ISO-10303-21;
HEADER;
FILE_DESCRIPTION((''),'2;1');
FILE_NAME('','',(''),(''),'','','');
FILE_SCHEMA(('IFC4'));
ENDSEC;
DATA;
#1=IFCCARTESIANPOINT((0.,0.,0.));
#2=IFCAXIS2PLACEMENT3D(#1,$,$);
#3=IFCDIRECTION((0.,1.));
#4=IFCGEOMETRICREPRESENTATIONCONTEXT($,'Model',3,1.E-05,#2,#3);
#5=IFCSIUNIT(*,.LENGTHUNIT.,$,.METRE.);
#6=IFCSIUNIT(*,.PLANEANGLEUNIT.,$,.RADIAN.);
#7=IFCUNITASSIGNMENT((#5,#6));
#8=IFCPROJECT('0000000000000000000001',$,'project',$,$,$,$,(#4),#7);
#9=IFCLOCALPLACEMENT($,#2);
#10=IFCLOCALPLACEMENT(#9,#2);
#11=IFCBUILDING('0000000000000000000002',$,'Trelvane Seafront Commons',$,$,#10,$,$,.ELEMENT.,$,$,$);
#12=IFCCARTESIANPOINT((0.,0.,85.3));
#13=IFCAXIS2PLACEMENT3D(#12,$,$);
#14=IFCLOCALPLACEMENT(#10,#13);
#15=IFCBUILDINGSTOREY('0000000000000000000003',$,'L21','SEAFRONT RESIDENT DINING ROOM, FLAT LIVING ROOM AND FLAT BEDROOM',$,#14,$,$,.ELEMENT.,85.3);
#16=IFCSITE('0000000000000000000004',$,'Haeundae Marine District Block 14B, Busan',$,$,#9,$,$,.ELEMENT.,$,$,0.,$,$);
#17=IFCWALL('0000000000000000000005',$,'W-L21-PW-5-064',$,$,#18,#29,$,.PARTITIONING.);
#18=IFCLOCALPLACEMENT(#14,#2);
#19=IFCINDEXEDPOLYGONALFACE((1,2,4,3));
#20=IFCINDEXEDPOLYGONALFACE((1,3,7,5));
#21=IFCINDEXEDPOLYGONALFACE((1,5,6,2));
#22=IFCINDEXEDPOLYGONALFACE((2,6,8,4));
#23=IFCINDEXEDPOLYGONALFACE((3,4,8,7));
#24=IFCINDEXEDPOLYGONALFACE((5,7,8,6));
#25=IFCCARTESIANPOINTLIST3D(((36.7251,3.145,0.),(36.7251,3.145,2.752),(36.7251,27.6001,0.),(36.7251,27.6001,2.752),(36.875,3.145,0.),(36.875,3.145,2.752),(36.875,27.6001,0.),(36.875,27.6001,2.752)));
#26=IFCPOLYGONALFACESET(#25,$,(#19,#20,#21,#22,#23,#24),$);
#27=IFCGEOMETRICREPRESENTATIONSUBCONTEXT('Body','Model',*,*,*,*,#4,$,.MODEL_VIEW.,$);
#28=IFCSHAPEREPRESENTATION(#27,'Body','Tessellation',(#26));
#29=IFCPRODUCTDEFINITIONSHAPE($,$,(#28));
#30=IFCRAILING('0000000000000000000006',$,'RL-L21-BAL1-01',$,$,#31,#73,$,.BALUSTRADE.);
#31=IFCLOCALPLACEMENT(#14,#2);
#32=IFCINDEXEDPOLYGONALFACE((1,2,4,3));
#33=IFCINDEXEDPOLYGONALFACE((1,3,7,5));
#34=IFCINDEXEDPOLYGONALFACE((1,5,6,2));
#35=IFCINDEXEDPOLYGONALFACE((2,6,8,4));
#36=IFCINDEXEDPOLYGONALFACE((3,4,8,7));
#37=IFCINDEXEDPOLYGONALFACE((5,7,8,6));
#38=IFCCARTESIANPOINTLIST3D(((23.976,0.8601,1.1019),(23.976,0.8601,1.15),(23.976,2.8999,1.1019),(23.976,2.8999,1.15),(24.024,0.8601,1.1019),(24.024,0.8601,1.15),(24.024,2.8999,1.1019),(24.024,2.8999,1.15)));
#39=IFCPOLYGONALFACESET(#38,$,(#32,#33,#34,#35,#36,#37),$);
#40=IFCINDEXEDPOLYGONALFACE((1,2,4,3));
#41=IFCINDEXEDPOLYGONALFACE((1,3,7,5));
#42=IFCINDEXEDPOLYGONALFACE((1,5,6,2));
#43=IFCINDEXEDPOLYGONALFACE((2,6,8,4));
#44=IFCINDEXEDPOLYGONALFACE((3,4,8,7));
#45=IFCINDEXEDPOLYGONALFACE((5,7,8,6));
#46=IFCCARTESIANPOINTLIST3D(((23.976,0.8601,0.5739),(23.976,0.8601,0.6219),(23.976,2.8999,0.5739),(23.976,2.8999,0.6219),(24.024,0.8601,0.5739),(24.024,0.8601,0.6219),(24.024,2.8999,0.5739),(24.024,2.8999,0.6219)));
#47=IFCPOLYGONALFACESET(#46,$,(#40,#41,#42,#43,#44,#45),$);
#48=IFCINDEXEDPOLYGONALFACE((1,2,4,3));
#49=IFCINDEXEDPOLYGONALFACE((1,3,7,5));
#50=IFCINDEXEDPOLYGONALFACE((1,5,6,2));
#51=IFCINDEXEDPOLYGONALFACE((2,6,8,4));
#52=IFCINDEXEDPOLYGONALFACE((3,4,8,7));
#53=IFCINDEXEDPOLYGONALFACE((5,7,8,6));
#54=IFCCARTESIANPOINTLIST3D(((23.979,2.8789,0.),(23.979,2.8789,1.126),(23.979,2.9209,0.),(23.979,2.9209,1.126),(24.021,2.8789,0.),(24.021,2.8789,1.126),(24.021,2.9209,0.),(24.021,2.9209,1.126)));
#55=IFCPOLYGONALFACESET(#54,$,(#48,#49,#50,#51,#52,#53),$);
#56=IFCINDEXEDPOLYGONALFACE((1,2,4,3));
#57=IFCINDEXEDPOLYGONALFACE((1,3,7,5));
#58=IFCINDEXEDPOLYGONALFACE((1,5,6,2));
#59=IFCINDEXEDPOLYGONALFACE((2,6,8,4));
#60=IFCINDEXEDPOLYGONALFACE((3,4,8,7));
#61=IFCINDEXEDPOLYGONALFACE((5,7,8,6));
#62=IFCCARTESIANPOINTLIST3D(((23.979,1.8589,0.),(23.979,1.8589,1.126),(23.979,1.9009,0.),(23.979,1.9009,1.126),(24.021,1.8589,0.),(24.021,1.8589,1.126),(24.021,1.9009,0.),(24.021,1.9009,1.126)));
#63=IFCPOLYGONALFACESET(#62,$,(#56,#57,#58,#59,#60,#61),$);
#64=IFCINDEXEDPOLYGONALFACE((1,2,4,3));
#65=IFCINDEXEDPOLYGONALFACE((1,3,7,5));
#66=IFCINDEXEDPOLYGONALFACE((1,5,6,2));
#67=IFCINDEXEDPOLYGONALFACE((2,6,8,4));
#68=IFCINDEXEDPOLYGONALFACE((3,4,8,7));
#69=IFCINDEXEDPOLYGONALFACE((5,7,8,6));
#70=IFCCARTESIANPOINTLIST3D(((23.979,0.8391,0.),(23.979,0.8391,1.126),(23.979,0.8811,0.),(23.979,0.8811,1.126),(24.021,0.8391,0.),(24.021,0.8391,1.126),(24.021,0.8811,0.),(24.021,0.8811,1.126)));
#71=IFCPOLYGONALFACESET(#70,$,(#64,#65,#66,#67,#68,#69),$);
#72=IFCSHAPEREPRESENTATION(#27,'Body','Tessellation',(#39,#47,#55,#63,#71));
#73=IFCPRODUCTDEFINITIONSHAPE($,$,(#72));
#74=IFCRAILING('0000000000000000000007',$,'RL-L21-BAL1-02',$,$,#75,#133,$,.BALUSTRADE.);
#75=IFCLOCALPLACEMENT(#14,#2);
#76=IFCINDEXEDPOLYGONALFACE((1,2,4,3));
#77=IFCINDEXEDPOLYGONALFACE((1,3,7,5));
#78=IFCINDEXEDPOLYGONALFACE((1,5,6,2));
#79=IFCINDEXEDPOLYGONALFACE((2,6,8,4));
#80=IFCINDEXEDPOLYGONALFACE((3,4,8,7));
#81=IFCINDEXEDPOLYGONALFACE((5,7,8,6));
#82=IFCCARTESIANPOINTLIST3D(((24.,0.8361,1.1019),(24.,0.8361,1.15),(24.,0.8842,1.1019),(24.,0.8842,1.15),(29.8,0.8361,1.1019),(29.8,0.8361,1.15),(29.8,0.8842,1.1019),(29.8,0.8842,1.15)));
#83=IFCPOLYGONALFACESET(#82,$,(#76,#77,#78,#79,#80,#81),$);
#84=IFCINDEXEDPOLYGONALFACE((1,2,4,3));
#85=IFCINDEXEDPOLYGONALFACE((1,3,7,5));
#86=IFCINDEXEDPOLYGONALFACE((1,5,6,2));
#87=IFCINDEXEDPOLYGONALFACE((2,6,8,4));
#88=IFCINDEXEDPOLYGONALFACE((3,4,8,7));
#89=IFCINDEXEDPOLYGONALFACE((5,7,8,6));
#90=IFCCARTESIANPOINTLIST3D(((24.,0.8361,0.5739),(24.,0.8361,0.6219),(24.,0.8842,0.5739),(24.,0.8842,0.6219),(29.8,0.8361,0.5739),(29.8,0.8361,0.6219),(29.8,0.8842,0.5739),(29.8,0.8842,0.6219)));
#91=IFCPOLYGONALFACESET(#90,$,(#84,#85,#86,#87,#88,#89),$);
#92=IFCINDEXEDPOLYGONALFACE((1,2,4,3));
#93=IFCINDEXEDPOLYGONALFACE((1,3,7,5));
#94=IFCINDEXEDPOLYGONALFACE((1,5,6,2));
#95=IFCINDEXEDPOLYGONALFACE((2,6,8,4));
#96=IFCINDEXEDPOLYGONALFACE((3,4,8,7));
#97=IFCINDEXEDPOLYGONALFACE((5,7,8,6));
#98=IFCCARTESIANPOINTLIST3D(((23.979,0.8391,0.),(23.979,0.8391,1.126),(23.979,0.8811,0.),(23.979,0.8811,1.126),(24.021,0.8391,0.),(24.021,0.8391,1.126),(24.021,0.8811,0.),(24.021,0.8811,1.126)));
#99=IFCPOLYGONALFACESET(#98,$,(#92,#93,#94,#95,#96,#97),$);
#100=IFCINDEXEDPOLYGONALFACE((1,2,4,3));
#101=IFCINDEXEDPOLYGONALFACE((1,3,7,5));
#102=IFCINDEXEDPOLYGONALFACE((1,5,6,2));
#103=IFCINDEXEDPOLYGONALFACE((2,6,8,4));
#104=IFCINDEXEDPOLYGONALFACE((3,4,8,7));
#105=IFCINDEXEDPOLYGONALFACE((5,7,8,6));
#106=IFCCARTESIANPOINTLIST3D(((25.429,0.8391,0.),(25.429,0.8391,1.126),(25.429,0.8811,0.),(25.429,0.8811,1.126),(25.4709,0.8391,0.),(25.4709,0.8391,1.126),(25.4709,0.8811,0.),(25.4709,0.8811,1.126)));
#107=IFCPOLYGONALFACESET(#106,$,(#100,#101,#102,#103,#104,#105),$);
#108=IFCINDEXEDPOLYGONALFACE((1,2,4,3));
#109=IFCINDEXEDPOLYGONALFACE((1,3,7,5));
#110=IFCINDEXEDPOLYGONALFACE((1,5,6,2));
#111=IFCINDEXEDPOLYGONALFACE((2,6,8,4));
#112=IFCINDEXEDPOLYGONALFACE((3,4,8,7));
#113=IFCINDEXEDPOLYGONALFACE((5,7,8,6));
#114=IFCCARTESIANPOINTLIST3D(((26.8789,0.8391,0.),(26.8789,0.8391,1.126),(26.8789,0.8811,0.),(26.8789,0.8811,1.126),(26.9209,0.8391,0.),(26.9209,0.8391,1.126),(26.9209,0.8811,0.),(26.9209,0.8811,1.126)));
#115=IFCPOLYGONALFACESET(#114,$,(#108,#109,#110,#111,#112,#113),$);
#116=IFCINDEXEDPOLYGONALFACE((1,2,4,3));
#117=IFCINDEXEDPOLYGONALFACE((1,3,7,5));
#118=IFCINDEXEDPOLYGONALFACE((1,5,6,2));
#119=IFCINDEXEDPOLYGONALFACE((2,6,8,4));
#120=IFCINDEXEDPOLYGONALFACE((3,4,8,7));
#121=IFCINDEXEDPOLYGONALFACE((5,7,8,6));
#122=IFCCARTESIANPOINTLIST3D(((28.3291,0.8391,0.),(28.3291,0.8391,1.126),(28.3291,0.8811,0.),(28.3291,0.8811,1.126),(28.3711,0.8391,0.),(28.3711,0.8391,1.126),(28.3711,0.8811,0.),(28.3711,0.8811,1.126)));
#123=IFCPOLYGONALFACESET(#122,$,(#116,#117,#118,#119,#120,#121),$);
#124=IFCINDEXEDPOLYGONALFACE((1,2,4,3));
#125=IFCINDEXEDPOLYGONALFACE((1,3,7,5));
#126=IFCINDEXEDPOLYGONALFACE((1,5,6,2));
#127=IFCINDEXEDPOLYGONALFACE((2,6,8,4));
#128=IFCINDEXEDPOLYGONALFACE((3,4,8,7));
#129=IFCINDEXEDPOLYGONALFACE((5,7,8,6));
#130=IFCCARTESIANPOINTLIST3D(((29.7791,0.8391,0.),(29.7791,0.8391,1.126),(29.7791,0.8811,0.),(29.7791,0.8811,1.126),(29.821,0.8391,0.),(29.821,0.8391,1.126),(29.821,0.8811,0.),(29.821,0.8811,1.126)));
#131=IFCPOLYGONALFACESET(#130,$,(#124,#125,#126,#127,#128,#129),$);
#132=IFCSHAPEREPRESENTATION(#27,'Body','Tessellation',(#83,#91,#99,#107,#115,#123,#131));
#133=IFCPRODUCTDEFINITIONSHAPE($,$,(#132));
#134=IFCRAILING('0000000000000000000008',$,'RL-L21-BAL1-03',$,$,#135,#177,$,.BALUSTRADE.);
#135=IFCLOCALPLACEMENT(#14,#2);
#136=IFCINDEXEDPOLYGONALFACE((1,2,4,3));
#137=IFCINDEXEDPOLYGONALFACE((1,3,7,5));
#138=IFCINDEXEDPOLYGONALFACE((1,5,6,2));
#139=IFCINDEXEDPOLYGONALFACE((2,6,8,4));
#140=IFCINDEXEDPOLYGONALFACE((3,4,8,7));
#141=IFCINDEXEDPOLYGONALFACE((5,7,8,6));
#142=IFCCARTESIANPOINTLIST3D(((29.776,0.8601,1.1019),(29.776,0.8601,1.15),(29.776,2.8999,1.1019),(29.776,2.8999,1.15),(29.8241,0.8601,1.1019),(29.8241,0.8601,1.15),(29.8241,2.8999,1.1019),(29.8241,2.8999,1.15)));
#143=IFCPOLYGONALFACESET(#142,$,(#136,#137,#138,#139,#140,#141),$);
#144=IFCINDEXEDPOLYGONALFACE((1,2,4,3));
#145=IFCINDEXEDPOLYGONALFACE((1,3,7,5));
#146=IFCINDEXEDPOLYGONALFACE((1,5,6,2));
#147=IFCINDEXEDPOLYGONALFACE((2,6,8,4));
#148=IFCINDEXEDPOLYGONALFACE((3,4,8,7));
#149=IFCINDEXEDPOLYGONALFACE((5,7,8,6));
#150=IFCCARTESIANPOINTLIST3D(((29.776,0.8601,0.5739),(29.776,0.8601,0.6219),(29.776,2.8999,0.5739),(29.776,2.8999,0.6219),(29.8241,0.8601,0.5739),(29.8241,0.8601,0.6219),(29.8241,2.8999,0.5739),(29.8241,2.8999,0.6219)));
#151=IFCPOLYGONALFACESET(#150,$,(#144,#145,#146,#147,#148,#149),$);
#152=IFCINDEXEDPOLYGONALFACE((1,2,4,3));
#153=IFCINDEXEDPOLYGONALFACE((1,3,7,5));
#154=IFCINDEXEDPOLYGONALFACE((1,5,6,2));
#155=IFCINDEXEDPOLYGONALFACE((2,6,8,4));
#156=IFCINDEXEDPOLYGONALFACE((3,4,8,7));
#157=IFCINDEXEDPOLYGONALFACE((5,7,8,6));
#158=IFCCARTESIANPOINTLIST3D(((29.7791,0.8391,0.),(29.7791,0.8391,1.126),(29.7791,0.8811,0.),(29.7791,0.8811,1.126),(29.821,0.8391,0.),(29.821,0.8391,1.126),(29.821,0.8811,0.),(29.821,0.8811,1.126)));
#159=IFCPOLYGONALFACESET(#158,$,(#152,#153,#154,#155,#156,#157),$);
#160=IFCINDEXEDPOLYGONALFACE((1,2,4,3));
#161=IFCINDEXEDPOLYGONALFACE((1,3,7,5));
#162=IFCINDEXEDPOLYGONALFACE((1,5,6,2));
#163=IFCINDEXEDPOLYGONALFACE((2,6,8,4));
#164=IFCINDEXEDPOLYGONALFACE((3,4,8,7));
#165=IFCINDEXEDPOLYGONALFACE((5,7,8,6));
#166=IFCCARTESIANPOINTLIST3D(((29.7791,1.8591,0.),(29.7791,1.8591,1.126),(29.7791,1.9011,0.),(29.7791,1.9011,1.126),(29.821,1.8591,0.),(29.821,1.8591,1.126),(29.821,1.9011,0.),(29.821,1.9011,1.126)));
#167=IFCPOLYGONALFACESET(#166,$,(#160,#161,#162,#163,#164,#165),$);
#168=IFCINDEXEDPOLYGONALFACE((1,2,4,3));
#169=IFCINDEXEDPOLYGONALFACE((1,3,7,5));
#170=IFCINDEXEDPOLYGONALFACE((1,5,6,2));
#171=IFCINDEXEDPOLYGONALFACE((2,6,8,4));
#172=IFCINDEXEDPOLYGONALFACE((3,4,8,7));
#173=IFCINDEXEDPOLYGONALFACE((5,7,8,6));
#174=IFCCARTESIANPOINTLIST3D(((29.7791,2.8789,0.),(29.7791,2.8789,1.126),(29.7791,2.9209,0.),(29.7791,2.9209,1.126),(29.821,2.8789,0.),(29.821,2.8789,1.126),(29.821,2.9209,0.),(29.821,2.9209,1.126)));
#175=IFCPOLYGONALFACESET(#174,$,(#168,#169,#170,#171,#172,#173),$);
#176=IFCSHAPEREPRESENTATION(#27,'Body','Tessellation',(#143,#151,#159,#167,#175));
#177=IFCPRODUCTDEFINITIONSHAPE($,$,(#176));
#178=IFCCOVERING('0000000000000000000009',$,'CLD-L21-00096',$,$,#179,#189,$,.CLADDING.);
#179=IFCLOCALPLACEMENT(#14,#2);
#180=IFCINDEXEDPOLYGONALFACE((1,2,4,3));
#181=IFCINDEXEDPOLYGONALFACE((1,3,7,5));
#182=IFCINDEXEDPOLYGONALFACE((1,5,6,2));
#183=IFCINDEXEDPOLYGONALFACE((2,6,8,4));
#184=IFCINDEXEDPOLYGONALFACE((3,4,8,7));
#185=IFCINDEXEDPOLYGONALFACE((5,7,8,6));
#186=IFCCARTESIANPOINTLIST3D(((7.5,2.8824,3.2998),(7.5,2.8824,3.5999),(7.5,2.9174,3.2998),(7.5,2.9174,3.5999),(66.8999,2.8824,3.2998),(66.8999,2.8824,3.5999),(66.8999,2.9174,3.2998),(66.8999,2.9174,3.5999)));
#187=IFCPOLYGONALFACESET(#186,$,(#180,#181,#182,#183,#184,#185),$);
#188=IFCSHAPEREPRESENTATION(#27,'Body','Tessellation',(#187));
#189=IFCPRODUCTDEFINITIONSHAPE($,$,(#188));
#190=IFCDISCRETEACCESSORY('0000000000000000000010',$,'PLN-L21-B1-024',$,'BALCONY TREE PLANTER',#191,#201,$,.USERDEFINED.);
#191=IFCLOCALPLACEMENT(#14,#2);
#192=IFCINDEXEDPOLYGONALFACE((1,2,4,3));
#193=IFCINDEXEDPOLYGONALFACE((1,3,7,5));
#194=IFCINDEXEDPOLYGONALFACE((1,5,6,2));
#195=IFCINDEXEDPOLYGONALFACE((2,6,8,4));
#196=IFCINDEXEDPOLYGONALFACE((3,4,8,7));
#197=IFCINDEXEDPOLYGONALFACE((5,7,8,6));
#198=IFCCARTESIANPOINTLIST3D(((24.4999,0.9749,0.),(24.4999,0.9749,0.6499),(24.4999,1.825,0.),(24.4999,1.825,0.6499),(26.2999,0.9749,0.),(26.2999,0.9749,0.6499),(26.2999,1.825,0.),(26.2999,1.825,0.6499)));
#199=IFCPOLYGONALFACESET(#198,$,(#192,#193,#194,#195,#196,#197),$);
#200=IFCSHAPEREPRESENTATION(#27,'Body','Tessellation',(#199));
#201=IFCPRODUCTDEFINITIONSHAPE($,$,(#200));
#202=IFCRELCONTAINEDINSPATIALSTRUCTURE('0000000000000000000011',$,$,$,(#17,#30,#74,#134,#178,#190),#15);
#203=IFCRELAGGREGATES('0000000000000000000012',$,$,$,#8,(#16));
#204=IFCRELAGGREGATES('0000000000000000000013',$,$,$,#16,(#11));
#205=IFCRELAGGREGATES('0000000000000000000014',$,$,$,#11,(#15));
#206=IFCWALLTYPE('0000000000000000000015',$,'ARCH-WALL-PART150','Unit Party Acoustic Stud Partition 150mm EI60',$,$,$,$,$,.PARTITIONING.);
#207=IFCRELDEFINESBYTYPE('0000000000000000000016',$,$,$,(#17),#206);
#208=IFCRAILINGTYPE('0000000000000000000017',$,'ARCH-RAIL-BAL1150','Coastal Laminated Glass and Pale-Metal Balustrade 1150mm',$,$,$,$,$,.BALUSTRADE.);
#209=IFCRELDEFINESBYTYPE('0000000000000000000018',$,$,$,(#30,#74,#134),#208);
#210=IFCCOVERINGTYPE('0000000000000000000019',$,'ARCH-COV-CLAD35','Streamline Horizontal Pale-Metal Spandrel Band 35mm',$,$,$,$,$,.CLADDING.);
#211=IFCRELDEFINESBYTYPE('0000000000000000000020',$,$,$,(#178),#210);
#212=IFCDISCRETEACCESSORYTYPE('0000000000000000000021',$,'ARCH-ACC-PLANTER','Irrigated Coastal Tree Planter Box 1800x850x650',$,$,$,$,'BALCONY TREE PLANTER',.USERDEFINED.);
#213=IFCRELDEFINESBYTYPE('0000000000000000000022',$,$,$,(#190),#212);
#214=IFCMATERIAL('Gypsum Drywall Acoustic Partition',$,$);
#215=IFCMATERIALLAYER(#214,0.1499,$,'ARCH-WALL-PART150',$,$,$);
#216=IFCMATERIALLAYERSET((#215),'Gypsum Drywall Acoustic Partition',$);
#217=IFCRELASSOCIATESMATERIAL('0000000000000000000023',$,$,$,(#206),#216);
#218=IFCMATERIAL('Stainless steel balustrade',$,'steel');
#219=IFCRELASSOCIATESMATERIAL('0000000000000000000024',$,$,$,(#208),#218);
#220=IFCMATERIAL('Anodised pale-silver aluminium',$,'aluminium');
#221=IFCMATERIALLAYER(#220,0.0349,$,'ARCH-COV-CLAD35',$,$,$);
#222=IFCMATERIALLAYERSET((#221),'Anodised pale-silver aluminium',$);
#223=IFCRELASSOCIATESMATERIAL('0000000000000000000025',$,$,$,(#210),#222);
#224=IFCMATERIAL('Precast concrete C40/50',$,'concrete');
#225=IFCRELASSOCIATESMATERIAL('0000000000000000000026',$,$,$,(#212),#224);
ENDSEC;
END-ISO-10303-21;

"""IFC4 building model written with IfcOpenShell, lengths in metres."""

from ifc_helpers import new_model, si_unit, direction, frame, frame_2d, origin, origin_2d, place, context, subcontext, project, spatial, rectangle, extrude, source, transform, mapped, material, layer, layer_set, type_object, element, save


model = new_model("IFC4")

# Units and contexts
model_context = context("Model", 3, precision=1e-05, world=origin(), true_north=direction((0.0, 1.0)))
body_context = subcontext(model_context, "Body", "Model", "MODEL_VIEW")
ifc_project = project(units=[si_unit("LENGTHUNIT", "METRE"), si_unit("PLANEANGLEUNIT", "RADIAN")], contexts=[model_context])

# Site, building, storey
site_placement = place(None, origin())
site = spatial("IfcSite", under=ifc_project, at=site_placement, Name="Haeundae Marine District Block 14B, Busan", CompositionType="ELEMENT", RefElevation=0.0)
building_placement = place(site_placement, origin())
building = spatial("IfcBuilding", under=site, at=building_placement, Name="Trelvane Seafront Commons", CompositionType="ELEMENT")
storey_placement = place(building_placement, frame((0.0, 0.0, 85.3)))
storey = spatial("IfcBuildingStorey", under=building, at=storey_placement, Name="L21", Description="SEAFRONT RESIDENT DINING ROOM, FLAT LIVING ROOM AND FLAT BEDROOM", CompositionType="ELEMENT", Elevation=85.3)

# Shared definitions
ifc_material_1 = material(Name="Anodised pale-silver aluminium", Category="aluminium")

# Shared definitions
ifc_material_2 = material(Name="Gypsum Drywall Acoustic Partition")

# Wall
ifc_layer_1 = layer(ifc_material_2, 0.1499, Name="ARCH-WALL-PART150")
ifc_layer_set_1 = layer_set([ifc_layer_1], Name="Gypsum Drywall Acoustic Partition")
wall_type_1 = type_object("IfcWallType", Name="ARCH-WALL-PART150", Description="Unit Party Acoustic Stud Partition 150mm EI60", PredefinedType="PARTITIONING", material=ifc_layer_set_1)
wall_1_placement = place(storey_placement, frame((36.8, 3.145, 0.0), z_axis=(0.0, 0.0, 1.0), x_axis=(0.0, 1.0, 0.0)))
element("IfcWall", 1, at=wall_1_placement, inside=storey, type_object=wall_type_1, Name="W-L21-PW-5-064", PredefinedType="PARTITIONING", context=body_context, shape_type="SweptSolid", body=[
    extrude(rectangle(XDim=24.4551, YDim=0.1499, at=frame_2d((12.2275, 0.0))), origin(), (0.0, 0.0, 1.0), 2.752),
])

# Railings
ifc_material_3 = material(Name="Stainless steel balustrade", Category="steel")
railing_type = type_object("IfcRailingType", Name="ARCH-RAIL-BAL1150", Description="Coastal Laminated Glass and Pale-Metal Balustrade 1150mm", PredefinedType="BALUSTRADE", material=ifc_material_3)
railing_1_placement = place(storey_placement, frame((24.0, 2.8999, 0.0)))
element("IfcRailing", 2, at=railing_1_placement, inside=storey, type_object=railing_type, Name="RL-L21-BAL1-01", PredefinedType="BALUSTRADE", context=body_context, shape_type="SweptSolid", body=[
    extrude(rectangle(XDim=0.0481, YDim=0.0481, at=origin_2d()), frame((0.0, 0.0, 1.126), z_axis=(0.0, -1.0, 0.0), x_axis=(1.0, 0.0, 0.0)), (0.0, 0.0, 1.0), 2.0398),
    extrude(rectangle(XDim=0.0481, YDim=0.0481, at=origin_2d()), frame((0.0, 0.0, 0.5979), z_axis=(0.0, -1.0, 0.0), x_axis=(1.0, 0.0, 0.0)), (0.0, 0.0, 1.0), 2.0398),
    extrude(rectangle(XDim=0.042, YDim=0.042, at=origin_2d()), origin(), (0.0, 0.0, 1.0), 1.126),
    extrude(rectangle(XDim=0.042, YDim=0.042, at=origin_2d()), frame((0.0, -1.02, 0.0)), (0.0, 0.0, 1.0), 1.126),
    extrude(rectangle(XDim=0.042, YDim=0.042, at=origin_2d()), frame((0.0, -2.0398, 0.0)), (0.0, 0.0, 1.0), 1.126),
])
railing_2_placement = place(storey_placement, frame((24.0, 0.8601, 0.0)))
element("IfcRailing", 3, at=railing_2_placement, inside=storey, type_object=railing_type, Name="RL-L21-BAL1-02", PredefinedType="BALUSTRADE", context=body_context, shape_type="SweptSolid", body=[
    extrude(rectangle(XDim=0.0481, YDim=0.0481, at=origin_2d()), frame((0.0, 0.0, 1.126), z_axis=(1.0, 0.0, 0.0), x_axis=(0.0, 1.0, 0.0)), (0.0, 0.0, 1.0), 5.8),
    extrude(rectangle(XDim=0.0481, YDim=0.0481, at=origin_2d()), frame((0.0, 0.0, 0.5979), z_axis=(1.0, 0.0, 0.0), x_axis=(0.0, 1.0, 0.0)), (0.0, 0.0, 1.0), 5.8),
    extrude(rectangle(XDim=0.042, YDim=0.042, at=origin_2d()), origin(), (0.0, 0.0, 1.0), 1.126),
    extrude(rectangle(XDim=0.042, YDim=0.042, at=origin_2d()), frame((1.45, 0.0, 0.0)), (0.0, 0.0, 1.0), 1.126),
    extrude(rectangle(XDim=0.042, YDim=0.042, at=origin_2d()), frame((2.8999, 0.0, 0.0)), (0.0, 0.0, 1.0), 1.126),
    extrude(rectangle(XDim=0.042, YDim=0.042, at=origin_2d()), frame((4.3501, 0.0, 0.0)), (0.0, 0.0, 1.0), 1.126),
    extrude(rectangle(XDim=0.042, YDim=0.042, at=origin_2d()), frame((5.8, 0.0, 0.0)), (0.0, 0.0, 1.0), 1.126),
])
railing_3_placement = place(storey_placement, frame((29.8, 0.8601, 0.0)))
element("IfcRailing", 4, at=railing_3_placement, inside=storey, type_object=railing_type, Name="RL-L21-BAL1-03", PredefinedType="BALUSTRADE", context=body_context, shape_type="SweptSolid", body=[
    extrude(rectangle(XDim=0.0481, YDim=0.0481, at=origin_2d()), frame((0.0, 0.0, 1.126), z_axis=(0.0, 1.0, 0.0), x_axis=(-1.0, 0.0, 0.0)), (0.0, 0.0, 1.0), 2.0398),
    extrude(rectangle(XDim=0.0481, YDim=0.0481, at=origin_2d()), frame((0.0, 0.0, 0.5979), z_axis=(0.0, 1.0, 0.0), x_axis=(-1.0, 0.0, 0.0)), (0.0, 0.0, 1.0), 2.0398),
    extrude(rectangle(XDim=0.042, YDim=0.042, at=origin_2d()), origin(), (0.0, 0.0, 1.0), 1.126),
    extrude(rectangle(XDim=0.042, YDim=0.042, at=origin_2d()), frame((0.0, 1.02, 0.0)), (0.0, 0.0, 1.0), 1.126),
    extrude(rectangle(XDim=0.042, YDim=0.042, at=origin_2d()), frame((0.0, 2.0398, 0.0)), (0.0, 0.0, 1.0), 1.126),
])

# Covering
ifc_layer_2 = layer(ifc_material_1, 0.0349, Name="ARCH-COV-CLAD35")
ifc_layer_set_2 = layer_set([ifc_layer_2], Name="Anodised pale-silver aluminium")
covering_type = type_object("IfcCoveringType", Name="ARCH-COV-CLAD35", Description="Streamline Horizontal Pale-Metal Spandrel Band 35mm", PredefinedType="CLADDING", material=ifc_layer_set_2)
shared_shape_1 = source(origin(), body_context, "Body", "SweptSolid", [
    extrude(rectangle(XDim=59.3999, YDim=0.0349, at=origin_2d()), origin(), (0.0, 0.0, 1.0), 0.3),
])
covering_placement = place(storey_placement, frame((37.2, 2.8999, 3.2998), z_axis=(0.0, 0.0, 1.0), x_axis=(-1.0, 0.0, 0.0)))
element("IfcCovering", 5, at=covering_placement, inside=storey, type_object=covering_type, Name="CLD-L21-00096", PredefinedType="CLADDING", context=body_context, shape_type="MappedRepresentation", body=[
    mapped(shared_shape_1, transform((0.0, 0.0, 0.0), x_axis=(1.0, 0.0, 0.0), y_axis=(0.0, 1.0, 0.0), z_axis=(0.0, 0.0, 1.0), scale=1.0)),
])

# Discrete accessory
ifc_material_4 = material(Name="Precast concrete C40/50", Category="concrete")
discrete_accessory_type = type_object("IfcDiscreteAccessoryType", Name="ARCH-ACC-PLANTER", Description="Irrigated Coastal Tree Planter Box 1800x850x650", ElementType="BALCONY TREE PLANTER", PredefinedType="USERDEFINED", material=ifc_material_4)
shared_shape_2 = source(origin(), body_context, "Body", "SweptSolid", [
    extrude(rectangle(XDim=1.8, YDim=0.8501, at=origin_2d()), origin(), (0.0, 0.0, 1.0), 0.6499),
])
discrete_accessory_placement = place(storey_placement, frame((25.3999, 1.3999, 0.0), z_axis=(0.0, 0.0, 1.0), x_axis=(1.0, 0.0, 0.0)))
element("IfcDiscreteAccessory", 6, at=discrete_accessory_placement, inside=storey, type_object=discrete_accessory_type, Name="PLN-L21-B1-024", ObjectType="BALCONY TREE PLANTER", PredefinedType="USERDEFINED", context=body_context, shape_type="MappedRepresentation", body=[
    mapped(shared_shape_2, transform((0.0, 0.0, 0.0), x_axis=(1.0, 0.0, 0.0), y_axis=(0.0, 1.0, 0.0), z_axis=(0.0, 0.0, 1.0), scale=1.0)),
])

save(model, "model.ifc")
